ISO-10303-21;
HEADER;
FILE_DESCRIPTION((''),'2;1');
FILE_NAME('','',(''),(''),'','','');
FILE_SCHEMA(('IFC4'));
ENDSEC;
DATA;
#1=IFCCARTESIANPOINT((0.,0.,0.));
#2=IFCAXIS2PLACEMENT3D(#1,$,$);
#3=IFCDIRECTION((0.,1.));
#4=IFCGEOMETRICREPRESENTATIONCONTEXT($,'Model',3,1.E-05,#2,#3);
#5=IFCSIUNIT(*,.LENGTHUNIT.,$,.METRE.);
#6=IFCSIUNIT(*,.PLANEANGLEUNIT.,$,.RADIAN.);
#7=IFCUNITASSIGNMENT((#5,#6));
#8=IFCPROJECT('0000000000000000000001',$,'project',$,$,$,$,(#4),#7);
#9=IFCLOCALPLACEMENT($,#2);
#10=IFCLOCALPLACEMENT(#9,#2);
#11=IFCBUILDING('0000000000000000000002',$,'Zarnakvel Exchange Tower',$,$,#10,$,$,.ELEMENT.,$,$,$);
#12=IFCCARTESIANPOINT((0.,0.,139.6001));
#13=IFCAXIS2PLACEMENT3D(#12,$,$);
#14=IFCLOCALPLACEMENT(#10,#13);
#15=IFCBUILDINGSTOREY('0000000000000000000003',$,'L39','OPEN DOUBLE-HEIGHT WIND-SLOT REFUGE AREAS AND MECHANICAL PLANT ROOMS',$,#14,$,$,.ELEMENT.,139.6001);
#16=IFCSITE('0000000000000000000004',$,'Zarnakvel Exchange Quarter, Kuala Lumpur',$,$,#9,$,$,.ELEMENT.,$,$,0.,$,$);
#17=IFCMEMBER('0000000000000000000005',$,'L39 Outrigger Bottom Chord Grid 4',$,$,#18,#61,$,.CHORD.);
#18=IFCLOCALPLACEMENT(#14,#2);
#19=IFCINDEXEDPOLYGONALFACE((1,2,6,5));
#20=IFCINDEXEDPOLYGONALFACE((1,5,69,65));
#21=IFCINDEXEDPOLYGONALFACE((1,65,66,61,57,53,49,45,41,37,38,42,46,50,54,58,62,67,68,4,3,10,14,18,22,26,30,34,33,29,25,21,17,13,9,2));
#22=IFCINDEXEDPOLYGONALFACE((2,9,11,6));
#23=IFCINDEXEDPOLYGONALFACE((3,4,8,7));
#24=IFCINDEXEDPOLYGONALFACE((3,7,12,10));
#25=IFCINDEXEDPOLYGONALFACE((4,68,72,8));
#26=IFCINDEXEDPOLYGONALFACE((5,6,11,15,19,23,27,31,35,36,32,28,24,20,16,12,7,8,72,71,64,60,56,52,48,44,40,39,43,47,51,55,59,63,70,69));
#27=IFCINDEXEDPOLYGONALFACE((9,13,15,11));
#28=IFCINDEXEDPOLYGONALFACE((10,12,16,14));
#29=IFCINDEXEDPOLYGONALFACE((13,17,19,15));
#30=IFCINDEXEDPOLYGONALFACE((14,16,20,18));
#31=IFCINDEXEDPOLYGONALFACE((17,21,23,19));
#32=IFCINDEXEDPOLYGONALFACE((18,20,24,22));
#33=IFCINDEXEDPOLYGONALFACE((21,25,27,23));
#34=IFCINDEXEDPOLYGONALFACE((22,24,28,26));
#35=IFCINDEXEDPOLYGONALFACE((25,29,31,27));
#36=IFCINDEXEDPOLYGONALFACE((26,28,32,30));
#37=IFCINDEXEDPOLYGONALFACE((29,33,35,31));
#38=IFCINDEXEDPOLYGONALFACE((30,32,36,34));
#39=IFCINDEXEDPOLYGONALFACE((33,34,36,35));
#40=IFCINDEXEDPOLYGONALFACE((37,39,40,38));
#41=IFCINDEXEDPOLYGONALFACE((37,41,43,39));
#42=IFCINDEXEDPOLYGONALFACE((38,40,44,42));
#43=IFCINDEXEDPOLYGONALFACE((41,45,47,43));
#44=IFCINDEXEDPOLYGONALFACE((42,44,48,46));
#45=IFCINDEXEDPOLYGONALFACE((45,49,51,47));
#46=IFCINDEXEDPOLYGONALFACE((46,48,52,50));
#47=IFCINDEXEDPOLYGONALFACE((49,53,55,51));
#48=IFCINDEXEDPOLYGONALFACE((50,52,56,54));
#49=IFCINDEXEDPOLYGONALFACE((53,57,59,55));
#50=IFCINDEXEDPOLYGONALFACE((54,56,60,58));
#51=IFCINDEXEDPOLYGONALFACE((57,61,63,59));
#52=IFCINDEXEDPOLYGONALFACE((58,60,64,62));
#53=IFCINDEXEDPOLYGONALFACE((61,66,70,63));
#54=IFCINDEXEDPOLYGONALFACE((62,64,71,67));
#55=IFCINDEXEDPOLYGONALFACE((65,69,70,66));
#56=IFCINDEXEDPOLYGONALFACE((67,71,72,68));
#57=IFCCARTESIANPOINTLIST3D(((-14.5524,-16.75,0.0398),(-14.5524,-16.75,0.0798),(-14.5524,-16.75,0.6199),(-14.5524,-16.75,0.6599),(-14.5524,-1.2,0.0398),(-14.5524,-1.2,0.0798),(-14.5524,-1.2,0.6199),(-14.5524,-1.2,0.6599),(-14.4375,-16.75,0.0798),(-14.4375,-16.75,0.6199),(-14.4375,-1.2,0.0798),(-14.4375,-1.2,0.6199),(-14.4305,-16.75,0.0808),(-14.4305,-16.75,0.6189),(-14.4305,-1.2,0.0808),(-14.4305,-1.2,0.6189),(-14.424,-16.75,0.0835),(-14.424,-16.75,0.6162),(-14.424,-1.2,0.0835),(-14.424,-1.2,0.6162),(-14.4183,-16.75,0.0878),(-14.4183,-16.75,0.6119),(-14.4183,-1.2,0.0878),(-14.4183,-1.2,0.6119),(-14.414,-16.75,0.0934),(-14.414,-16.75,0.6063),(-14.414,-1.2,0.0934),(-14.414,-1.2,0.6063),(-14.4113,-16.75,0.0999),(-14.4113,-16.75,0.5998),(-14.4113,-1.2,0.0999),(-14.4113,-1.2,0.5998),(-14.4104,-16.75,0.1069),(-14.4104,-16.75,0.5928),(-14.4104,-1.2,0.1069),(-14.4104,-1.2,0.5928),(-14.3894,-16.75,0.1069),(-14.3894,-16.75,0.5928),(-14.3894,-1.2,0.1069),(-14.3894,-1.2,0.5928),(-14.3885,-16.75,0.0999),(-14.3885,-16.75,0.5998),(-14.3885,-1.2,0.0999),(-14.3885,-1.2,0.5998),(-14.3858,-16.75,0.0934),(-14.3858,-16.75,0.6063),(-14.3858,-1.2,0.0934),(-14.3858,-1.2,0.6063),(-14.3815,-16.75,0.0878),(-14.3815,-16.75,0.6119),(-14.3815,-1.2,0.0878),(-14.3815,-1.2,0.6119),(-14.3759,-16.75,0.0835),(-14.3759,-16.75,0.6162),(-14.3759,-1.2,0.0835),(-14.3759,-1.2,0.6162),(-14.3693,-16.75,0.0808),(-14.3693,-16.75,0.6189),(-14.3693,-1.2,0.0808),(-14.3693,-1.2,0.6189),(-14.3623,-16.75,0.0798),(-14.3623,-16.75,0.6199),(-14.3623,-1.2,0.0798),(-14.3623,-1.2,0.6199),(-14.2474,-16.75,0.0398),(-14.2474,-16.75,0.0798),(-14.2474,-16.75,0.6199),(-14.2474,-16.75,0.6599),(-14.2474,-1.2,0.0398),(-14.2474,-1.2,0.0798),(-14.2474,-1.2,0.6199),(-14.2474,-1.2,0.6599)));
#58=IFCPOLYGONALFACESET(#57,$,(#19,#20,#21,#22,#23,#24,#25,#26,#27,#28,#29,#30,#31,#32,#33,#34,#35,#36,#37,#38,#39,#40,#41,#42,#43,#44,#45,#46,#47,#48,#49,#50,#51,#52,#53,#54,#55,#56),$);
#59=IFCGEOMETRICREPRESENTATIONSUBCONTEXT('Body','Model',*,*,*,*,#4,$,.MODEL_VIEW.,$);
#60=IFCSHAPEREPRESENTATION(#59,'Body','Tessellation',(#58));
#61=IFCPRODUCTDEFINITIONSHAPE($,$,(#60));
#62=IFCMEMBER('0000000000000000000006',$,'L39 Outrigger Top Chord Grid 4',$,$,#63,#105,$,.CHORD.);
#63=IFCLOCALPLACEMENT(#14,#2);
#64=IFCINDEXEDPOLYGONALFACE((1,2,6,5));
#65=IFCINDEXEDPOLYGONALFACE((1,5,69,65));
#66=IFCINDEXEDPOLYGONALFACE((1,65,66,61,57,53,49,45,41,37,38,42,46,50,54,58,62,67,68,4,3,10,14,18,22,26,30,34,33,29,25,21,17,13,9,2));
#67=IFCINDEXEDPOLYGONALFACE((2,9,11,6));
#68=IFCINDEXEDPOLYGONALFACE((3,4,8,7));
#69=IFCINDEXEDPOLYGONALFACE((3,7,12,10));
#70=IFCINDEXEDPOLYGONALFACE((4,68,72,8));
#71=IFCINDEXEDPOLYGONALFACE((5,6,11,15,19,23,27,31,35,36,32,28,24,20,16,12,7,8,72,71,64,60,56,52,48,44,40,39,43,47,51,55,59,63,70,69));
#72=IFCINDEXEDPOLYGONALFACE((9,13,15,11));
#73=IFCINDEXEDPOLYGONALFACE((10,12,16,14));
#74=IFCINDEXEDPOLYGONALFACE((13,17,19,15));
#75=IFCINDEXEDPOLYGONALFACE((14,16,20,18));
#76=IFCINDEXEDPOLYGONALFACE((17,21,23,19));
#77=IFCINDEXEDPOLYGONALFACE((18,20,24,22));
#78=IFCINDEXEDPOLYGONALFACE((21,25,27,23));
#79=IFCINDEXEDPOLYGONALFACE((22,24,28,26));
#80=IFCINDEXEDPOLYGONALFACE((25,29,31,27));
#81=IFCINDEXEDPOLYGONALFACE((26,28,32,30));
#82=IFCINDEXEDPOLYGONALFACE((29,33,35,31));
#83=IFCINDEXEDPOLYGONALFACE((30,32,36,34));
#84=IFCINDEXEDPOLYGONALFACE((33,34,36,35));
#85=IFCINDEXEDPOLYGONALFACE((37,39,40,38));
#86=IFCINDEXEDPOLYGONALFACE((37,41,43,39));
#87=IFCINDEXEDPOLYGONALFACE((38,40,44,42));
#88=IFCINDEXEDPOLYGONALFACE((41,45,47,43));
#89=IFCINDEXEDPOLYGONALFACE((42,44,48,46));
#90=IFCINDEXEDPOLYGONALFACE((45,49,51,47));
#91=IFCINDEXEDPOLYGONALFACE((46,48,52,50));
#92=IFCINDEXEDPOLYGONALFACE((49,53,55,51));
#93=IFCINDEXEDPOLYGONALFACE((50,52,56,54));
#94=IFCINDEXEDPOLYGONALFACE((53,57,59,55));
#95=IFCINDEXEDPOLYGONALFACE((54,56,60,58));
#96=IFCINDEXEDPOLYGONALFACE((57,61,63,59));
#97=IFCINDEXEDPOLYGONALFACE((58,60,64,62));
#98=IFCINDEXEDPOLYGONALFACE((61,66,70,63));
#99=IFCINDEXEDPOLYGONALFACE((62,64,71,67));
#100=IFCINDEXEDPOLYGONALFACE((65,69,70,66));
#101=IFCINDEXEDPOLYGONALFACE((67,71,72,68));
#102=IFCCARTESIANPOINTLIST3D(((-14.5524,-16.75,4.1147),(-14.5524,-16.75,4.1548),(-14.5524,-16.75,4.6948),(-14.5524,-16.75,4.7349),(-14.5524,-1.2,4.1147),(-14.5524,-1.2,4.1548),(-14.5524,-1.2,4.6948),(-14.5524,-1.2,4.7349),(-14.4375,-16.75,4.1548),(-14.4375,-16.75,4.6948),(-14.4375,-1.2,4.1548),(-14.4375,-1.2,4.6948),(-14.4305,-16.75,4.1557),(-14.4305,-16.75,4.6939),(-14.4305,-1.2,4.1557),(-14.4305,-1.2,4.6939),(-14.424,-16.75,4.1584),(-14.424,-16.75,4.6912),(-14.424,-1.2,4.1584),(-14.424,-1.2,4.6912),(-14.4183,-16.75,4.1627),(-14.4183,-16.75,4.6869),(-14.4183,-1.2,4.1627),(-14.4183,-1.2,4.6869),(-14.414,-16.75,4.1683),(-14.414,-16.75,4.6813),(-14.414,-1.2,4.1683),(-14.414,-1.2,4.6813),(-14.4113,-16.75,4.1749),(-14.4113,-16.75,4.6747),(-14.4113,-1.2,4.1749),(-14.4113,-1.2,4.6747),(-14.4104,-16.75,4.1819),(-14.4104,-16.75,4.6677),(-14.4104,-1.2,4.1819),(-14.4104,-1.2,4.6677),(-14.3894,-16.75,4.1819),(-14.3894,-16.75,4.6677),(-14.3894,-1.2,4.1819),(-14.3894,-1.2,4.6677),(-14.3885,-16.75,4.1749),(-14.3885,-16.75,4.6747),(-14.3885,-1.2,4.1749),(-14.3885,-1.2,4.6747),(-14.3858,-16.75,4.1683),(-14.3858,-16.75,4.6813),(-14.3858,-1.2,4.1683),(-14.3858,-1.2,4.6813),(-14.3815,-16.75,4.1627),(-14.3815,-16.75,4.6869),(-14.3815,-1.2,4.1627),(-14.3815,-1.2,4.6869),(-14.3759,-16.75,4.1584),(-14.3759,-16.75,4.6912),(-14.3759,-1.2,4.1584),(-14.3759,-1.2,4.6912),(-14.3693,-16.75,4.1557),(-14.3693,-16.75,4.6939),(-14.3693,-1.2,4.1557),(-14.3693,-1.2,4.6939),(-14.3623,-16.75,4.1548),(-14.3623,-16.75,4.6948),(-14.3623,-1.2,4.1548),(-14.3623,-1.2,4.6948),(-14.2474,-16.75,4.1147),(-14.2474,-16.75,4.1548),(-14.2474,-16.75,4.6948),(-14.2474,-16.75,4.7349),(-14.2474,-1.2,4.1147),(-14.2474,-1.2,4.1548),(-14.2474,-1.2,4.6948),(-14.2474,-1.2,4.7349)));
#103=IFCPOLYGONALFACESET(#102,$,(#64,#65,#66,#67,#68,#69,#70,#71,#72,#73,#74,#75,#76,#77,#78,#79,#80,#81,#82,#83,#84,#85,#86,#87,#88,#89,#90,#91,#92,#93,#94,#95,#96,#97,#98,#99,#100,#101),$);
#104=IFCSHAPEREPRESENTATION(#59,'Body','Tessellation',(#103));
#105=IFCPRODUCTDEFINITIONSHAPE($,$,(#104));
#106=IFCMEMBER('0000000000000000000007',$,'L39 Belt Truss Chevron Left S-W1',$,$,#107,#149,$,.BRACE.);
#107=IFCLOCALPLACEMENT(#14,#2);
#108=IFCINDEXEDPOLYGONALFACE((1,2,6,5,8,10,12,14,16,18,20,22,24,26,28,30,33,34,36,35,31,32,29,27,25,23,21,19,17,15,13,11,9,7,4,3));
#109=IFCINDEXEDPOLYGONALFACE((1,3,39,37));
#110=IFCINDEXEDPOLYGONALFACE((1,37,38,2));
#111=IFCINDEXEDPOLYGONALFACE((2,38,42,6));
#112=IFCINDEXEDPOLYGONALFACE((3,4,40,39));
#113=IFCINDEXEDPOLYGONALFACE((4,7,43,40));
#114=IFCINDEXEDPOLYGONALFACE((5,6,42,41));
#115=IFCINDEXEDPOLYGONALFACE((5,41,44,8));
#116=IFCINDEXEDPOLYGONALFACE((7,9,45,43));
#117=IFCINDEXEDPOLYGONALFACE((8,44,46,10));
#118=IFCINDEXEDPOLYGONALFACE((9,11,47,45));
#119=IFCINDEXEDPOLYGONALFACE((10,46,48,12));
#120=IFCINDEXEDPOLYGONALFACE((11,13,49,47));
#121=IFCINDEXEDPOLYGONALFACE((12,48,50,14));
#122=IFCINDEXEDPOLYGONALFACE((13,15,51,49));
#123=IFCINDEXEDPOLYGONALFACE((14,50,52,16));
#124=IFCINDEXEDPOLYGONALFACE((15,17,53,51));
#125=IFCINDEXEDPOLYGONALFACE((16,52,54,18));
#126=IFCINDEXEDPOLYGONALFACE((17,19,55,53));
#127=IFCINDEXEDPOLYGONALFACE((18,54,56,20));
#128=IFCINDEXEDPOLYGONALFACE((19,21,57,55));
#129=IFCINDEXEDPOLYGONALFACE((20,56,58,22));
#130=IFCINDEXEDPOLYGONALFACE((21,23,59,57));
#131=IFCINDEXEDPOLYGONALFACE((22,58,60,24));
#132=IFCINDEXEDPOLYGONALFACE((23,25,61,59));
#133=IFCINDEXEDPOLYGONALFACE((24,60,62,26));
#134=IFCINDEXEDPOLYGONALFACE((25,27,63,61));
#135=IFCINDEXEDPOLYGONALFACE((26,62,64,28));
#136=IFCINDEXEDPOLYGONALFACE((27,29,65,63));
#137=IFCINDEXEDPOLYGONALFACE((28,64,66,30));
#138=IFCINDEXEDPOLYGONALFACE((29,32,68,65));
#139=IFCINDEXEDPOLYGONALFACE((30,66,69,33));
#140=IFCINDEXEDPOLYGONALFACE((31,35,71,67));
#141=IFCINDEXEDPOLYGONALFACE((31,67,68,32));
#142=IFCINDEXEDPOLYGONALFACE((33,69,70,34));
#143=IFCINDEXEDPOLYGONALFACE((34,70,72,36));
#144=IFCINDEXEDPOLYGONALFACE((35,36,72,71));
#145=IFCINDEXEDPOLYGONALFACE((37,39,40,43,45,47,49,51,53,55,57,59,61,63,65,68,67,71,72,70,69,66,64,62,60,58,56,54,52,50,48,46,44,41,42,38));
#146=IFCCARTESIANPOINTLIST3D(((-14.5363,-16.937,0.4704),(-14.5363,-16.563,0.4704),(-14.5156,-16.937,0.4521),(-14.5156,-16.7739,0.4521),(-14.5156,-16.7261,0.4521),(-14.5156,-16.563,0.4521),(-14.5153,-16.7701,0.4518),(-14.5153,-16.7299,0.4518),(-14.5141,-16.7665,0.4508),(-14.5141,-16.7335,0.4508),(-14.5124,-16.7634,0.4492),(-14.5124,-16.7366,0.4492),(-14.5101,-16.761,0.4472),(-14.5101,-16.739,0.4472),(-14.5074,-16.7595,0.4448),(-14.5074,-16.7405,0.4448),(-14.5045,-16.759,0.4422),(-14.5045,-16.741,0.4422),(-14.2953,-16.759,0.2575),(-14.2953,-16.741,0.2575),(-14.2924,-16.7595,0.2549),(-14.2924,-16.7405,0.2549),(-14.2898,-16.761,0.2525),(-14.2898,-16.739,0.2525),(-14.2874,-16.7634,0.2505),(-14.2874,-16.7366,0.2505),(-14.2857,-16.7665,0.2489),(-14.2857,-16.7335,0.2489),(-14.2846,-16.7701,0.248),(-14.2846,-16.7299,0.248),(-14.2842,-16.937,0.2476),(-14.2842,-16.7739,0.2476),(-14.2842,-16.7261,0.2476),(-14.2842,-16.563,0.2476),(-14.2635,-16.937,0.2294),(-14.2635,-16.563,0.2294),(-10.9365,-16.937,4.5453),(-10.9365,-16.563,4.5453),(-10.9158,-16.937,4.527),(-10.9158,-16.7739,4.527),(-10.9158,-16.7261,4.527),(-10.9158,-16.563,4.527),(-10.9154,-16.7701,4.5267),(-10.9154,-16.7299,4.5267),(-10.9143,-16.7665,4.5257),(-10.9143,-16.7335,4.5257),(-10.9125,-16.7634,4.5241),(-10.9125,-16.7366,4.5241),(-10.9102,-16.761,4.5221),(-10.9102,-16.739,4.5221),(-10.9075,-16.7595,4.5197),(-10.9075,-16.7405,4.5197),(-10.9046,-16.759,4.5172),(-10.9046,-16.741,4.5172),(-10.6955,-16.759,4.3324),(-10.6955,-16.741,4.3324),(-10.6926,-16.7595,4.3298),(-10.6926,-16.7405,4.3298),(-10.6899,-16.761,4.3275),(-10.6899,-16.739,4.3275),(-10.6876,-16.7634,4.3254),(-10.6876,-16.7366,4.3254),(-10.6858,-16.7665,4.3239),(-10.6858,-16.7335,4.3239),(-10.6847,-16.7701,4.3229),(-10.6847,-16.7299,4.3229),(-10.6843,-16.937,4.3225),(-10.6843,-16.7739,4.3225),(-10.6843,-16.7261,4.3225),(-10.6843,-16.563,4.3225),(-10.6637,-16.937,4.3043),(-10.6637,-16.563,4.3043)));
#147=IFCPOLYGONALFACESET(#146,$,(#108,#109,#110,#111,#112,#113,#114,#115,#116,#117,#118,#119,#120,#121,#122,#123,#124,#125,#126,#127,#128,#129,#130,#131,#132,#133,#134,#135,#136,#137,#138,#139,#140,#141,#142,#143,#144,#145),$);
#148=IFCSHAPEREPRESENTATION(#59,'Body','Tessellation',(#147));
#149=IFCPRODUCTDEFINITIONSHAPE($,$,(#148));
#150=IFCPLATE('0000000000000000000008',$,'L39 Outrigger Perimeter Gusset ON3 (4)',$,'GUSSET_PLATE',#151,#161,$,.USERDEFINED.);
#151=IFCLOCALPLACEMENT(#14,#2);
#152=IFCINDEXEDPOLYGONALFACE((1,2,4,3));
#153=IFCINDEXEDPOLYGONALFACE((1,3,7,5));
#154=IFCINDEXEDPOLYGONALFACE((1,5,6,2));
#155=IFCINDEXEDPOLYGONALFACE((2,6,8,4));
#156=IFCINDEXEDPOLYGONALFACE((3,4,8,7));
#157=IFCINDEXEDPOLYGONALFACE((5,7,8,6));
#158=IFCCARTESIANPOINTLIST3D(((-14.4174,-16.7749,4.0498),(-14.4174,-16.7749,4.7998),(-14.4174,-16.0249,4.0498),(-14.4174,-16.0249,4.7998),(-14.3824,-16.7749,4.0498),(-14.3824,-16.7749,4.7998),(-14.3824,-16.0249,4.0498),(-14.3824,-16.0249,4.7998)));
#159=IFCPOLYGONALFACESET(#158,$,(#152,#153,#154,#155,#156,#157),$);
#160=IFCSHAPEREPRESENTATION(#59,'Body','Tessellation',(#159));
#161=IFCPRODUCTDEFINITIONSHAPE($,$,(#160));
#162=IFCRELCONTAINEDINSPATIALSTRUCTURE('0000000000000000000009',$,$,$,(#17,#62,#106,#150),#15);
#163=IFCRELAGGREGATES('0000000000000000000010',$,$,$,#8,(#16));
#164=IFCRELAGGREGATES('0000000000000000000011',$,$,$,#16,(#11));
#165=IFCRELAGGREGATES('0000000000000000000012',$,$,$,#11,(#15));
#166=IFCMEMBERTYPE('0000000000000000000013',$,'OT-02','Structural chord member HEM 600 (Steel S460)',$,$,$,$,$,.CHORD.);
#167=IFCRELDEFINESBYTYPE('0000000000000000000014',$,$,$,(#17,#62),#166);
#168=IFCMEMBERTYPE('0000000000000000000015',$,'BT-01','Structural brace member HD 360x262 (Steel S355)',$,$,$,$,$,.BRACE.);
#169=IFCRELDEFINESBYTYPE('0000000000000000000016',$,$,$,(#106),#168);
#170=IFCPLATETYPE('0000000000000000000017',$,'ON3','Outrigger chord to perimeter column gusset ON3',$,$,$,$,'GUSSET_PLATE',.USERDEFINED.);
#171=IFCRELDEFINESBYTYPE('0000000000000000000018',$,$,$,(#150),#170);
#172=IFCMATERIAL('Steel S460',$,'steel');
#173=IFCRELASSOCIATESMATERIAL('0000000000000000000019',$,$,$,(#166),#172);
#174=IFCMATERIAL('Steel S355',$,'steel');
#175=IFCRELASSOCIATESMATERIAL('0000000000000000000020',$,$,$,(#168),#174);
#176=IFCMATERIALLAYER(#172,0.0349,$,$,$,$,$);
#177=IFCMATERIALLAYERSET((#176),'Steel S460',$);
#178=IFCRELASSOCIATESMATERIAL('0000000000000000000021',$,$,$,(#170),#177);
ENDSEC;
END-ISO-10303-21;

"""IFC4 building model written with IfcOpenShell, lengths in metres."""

from ifc_helpers import new_model, si_unit, direction, frame, origin, origin_2d, place, context, subcontext, project, spatial, rectangle, i_section, extrude, source, transform, mapped, material, layer, layer_set, material_profile, profile_set, type_object, element, save


model = new_model("IFC4")

# Units and contexts
model_context = context("Model", 3, precision=1e-05, world=origin(), true_north=direction((0.0, 1.0)))
body_context = subcontext(model_context, "Body", "Model", "MODEL_VIEW")
ifc_project = project(units=[si_unit("LENGTHUNIT", "METRE"), si_unit("PLANEANGLEUNIT", "RADIAN")], contexts=[model_context])

# Site, building, storey
site_placement = place(None, origin())
site = spatial("IfcSite", under=ifc_project, at=site_placement, Name="Zarnakvel Exchange Quarter, Kuala Lumpur", CompositionType="ELEMENT", RefElevation=0.0)
building_placement = place(site_placement, origin())
building = spatial("IfcBuilding", under=site, at=building_placement, Name="Zarnakvel Exchange Tower", CompositionType="ELEMENT")
storey_placement = place(building_placement, frame((0.0, 0.0, 139.6001)))
storey = spatial("IfcBuildingStorey", under=building, at=storey_placement, Name="L39", Description="OPEN DOUBLE-HEIGHT WIND-SLOT REFUGE AREAS AND MECHANICAL PLANT ROOMS", CompositionType="ELEMENT", Elevation=139.6001)

# Shared definitions
ifc_material_1 = material(Name="Steel S355", Category="steel")

# Shared definitions
ifc_material_2 = material(Name="Steel S460", Category="steel")

# Members
ifc_material_profile_1 = material_profile(ifc_material_2, i_section(OverallWidth=0.3049, OverallDepth=0.6201, WebThickness=0.021, FlangeThickness=0.04, FilletRadius=0.0271, at=origin_2d()))
ifc_profile_set_1 = profile_set([ifc_material_profile_1], Name="Steel S460")
member_type_1 = type_object("IfcMemberType", Name="OT-02", Description="Structural chord member HEM 600 (Steel S460)", PredefinedType="CHORD", material=ifc_profile_set_1)
shared_shape_1 = source(origin(), body_context, "Body", "SweptSolid", [
    extrude(i_section(OverallWidth=0.3049, OverallDepth=0.6201, WebThickness=0.021, FlangeThickness=0.04, FilletRadius=0.0271, at=origin_2d()), origin(), (0.0, 0.0, 1.0), 15.55),
])
for number, where, z_axis, x_axis, name in (
    (1, (-14.3999, -16.75, 0.3499), (0.0, 1.0, 0.0), (-1.0, 0.0, 0.0), "L39 Outrigger Bottom Chord Grid 4"),
    (2, (-14.3999, -16.75, 4.4248), (0.0, 1.0, 0.0), (-1.0, 0.0, 0.0), "L39 Outrigger Top Chord Grid 4"),
):
    element("IfcMember", number, at=place(storey_placement, frame(where, z_axis=z_axis, x_axis=x_axis)), inside=storey, type_object=member_type_1, Name=name, PredefinedType="CHORD", context=body_context, shape_type="MappedRepresentation", body=[
        mapped(shared_shape_1, transform((0.0, 0.0, 0.0), x_axis=(1.0, 0.0, 0.0), y_axis=(0.0, 1.0, 0.0), z_axis=(0.0, 0.0, 1.0), scale=1.0)),
    ])
ifc_material_profile_2 = material_profile(ifc_material_1, i_section(OverallWidth=0.374, OverallDepth=0.364, WebThickness=0.0181, FlangeThickness=0.0276, FilletRadius=0.0149, at=origin_2d()))
ifc_profile_set_2 = profile_set([ifc_material_profile_2], Name="Steel S355")
member_type_2 = type_object("IfcMemberType", Name="BT-01", Description="Structural brace member HD 360x262 (Steel S355)", PredefinedType="BRACE", material=ifc_profile_set_2)
shared_shape_2 = source(origin(), body_context, "Body", "SweptSolid", [
    extrude(i_section(OverallWidth=0.374, OverallDepth=0.364, WebThickness=0.0181, FlangeThickness=0.0276, FilletRadius=0.0149, at=origin_2d()), origin(), (0.0, 0.0, 1.0), 5.4373),
])
member_placement = place(storey_placement, frame((-14.3999, -16.75, 0.3499), z_axis=(0.662067, 0.0, 0.749445), x_axis=(0.0, 1.0, 0.0)))
element("IfcMember", 3, at=member_placement, inside=storey, type_object=member_type_2, Name="L39 Belt Truss Chevron Left S-W1", PredefinedType="BRACE", context=body_context, shape_type="MappedRepresentation", body=[
    mapped(shared_shape_2, transform((0.0, 0.0, 0.0), x_axis=(1.0, 0.0, 0.0), y_axis=(0.0, 1.0, 0.0), z_axis=(0.0, 0.0, 1.0), scale=1.0)),
])

# Plate
ifc_layer = layer(ifc_material_2, 0.0349)
ifc_layer_set = layer_set([ifc_layer], Name="Steel S460")
plate_type = type_object("IfcPlateType", Name="ON3", Description="Outrigger chord to perimeter column gusset ON3", ElementType="GUSSET_PLATE", PredefinedType="USERDEFINED", material=ifc_layer_set)
shared_shape_3 = source(origin(), body_context, "Body", "SweptSolid", [
    extrude(rectangle(XDim=0.0349, YDim=0.75, at=origin_2d()), origin(), (0.0, 0.0, 1.0), 0.75),
])
plate_placement = place(storey_placement, frame((-14.3999, -16.3999, 4.0498), z_axis=(0.0, 0.0, 1.0), x_axis=(1.0, 0.0, 0.0)))
element("IfcPlate", 4, at=plate_placement, inside=storey, type_object=plate_type, Name="L39 Outrigger Perimeter Gusset ON3 (4)", ObjectType="GUSSET_PLATE", PredefinedType="USERDEFINED", context=body_context, shape_type="MappedRepresentation", body=[
    mapped(shared_shape_3, transform((0.0, 0.0, 0.0), x_axis=(1.0, 0.0, 0.0), y_axis=(0.0, 1.0, 0.0), z_axis=(0.0, 0.0, 1.0), scale=1.0)),
])

save(model, "model.ifc")
